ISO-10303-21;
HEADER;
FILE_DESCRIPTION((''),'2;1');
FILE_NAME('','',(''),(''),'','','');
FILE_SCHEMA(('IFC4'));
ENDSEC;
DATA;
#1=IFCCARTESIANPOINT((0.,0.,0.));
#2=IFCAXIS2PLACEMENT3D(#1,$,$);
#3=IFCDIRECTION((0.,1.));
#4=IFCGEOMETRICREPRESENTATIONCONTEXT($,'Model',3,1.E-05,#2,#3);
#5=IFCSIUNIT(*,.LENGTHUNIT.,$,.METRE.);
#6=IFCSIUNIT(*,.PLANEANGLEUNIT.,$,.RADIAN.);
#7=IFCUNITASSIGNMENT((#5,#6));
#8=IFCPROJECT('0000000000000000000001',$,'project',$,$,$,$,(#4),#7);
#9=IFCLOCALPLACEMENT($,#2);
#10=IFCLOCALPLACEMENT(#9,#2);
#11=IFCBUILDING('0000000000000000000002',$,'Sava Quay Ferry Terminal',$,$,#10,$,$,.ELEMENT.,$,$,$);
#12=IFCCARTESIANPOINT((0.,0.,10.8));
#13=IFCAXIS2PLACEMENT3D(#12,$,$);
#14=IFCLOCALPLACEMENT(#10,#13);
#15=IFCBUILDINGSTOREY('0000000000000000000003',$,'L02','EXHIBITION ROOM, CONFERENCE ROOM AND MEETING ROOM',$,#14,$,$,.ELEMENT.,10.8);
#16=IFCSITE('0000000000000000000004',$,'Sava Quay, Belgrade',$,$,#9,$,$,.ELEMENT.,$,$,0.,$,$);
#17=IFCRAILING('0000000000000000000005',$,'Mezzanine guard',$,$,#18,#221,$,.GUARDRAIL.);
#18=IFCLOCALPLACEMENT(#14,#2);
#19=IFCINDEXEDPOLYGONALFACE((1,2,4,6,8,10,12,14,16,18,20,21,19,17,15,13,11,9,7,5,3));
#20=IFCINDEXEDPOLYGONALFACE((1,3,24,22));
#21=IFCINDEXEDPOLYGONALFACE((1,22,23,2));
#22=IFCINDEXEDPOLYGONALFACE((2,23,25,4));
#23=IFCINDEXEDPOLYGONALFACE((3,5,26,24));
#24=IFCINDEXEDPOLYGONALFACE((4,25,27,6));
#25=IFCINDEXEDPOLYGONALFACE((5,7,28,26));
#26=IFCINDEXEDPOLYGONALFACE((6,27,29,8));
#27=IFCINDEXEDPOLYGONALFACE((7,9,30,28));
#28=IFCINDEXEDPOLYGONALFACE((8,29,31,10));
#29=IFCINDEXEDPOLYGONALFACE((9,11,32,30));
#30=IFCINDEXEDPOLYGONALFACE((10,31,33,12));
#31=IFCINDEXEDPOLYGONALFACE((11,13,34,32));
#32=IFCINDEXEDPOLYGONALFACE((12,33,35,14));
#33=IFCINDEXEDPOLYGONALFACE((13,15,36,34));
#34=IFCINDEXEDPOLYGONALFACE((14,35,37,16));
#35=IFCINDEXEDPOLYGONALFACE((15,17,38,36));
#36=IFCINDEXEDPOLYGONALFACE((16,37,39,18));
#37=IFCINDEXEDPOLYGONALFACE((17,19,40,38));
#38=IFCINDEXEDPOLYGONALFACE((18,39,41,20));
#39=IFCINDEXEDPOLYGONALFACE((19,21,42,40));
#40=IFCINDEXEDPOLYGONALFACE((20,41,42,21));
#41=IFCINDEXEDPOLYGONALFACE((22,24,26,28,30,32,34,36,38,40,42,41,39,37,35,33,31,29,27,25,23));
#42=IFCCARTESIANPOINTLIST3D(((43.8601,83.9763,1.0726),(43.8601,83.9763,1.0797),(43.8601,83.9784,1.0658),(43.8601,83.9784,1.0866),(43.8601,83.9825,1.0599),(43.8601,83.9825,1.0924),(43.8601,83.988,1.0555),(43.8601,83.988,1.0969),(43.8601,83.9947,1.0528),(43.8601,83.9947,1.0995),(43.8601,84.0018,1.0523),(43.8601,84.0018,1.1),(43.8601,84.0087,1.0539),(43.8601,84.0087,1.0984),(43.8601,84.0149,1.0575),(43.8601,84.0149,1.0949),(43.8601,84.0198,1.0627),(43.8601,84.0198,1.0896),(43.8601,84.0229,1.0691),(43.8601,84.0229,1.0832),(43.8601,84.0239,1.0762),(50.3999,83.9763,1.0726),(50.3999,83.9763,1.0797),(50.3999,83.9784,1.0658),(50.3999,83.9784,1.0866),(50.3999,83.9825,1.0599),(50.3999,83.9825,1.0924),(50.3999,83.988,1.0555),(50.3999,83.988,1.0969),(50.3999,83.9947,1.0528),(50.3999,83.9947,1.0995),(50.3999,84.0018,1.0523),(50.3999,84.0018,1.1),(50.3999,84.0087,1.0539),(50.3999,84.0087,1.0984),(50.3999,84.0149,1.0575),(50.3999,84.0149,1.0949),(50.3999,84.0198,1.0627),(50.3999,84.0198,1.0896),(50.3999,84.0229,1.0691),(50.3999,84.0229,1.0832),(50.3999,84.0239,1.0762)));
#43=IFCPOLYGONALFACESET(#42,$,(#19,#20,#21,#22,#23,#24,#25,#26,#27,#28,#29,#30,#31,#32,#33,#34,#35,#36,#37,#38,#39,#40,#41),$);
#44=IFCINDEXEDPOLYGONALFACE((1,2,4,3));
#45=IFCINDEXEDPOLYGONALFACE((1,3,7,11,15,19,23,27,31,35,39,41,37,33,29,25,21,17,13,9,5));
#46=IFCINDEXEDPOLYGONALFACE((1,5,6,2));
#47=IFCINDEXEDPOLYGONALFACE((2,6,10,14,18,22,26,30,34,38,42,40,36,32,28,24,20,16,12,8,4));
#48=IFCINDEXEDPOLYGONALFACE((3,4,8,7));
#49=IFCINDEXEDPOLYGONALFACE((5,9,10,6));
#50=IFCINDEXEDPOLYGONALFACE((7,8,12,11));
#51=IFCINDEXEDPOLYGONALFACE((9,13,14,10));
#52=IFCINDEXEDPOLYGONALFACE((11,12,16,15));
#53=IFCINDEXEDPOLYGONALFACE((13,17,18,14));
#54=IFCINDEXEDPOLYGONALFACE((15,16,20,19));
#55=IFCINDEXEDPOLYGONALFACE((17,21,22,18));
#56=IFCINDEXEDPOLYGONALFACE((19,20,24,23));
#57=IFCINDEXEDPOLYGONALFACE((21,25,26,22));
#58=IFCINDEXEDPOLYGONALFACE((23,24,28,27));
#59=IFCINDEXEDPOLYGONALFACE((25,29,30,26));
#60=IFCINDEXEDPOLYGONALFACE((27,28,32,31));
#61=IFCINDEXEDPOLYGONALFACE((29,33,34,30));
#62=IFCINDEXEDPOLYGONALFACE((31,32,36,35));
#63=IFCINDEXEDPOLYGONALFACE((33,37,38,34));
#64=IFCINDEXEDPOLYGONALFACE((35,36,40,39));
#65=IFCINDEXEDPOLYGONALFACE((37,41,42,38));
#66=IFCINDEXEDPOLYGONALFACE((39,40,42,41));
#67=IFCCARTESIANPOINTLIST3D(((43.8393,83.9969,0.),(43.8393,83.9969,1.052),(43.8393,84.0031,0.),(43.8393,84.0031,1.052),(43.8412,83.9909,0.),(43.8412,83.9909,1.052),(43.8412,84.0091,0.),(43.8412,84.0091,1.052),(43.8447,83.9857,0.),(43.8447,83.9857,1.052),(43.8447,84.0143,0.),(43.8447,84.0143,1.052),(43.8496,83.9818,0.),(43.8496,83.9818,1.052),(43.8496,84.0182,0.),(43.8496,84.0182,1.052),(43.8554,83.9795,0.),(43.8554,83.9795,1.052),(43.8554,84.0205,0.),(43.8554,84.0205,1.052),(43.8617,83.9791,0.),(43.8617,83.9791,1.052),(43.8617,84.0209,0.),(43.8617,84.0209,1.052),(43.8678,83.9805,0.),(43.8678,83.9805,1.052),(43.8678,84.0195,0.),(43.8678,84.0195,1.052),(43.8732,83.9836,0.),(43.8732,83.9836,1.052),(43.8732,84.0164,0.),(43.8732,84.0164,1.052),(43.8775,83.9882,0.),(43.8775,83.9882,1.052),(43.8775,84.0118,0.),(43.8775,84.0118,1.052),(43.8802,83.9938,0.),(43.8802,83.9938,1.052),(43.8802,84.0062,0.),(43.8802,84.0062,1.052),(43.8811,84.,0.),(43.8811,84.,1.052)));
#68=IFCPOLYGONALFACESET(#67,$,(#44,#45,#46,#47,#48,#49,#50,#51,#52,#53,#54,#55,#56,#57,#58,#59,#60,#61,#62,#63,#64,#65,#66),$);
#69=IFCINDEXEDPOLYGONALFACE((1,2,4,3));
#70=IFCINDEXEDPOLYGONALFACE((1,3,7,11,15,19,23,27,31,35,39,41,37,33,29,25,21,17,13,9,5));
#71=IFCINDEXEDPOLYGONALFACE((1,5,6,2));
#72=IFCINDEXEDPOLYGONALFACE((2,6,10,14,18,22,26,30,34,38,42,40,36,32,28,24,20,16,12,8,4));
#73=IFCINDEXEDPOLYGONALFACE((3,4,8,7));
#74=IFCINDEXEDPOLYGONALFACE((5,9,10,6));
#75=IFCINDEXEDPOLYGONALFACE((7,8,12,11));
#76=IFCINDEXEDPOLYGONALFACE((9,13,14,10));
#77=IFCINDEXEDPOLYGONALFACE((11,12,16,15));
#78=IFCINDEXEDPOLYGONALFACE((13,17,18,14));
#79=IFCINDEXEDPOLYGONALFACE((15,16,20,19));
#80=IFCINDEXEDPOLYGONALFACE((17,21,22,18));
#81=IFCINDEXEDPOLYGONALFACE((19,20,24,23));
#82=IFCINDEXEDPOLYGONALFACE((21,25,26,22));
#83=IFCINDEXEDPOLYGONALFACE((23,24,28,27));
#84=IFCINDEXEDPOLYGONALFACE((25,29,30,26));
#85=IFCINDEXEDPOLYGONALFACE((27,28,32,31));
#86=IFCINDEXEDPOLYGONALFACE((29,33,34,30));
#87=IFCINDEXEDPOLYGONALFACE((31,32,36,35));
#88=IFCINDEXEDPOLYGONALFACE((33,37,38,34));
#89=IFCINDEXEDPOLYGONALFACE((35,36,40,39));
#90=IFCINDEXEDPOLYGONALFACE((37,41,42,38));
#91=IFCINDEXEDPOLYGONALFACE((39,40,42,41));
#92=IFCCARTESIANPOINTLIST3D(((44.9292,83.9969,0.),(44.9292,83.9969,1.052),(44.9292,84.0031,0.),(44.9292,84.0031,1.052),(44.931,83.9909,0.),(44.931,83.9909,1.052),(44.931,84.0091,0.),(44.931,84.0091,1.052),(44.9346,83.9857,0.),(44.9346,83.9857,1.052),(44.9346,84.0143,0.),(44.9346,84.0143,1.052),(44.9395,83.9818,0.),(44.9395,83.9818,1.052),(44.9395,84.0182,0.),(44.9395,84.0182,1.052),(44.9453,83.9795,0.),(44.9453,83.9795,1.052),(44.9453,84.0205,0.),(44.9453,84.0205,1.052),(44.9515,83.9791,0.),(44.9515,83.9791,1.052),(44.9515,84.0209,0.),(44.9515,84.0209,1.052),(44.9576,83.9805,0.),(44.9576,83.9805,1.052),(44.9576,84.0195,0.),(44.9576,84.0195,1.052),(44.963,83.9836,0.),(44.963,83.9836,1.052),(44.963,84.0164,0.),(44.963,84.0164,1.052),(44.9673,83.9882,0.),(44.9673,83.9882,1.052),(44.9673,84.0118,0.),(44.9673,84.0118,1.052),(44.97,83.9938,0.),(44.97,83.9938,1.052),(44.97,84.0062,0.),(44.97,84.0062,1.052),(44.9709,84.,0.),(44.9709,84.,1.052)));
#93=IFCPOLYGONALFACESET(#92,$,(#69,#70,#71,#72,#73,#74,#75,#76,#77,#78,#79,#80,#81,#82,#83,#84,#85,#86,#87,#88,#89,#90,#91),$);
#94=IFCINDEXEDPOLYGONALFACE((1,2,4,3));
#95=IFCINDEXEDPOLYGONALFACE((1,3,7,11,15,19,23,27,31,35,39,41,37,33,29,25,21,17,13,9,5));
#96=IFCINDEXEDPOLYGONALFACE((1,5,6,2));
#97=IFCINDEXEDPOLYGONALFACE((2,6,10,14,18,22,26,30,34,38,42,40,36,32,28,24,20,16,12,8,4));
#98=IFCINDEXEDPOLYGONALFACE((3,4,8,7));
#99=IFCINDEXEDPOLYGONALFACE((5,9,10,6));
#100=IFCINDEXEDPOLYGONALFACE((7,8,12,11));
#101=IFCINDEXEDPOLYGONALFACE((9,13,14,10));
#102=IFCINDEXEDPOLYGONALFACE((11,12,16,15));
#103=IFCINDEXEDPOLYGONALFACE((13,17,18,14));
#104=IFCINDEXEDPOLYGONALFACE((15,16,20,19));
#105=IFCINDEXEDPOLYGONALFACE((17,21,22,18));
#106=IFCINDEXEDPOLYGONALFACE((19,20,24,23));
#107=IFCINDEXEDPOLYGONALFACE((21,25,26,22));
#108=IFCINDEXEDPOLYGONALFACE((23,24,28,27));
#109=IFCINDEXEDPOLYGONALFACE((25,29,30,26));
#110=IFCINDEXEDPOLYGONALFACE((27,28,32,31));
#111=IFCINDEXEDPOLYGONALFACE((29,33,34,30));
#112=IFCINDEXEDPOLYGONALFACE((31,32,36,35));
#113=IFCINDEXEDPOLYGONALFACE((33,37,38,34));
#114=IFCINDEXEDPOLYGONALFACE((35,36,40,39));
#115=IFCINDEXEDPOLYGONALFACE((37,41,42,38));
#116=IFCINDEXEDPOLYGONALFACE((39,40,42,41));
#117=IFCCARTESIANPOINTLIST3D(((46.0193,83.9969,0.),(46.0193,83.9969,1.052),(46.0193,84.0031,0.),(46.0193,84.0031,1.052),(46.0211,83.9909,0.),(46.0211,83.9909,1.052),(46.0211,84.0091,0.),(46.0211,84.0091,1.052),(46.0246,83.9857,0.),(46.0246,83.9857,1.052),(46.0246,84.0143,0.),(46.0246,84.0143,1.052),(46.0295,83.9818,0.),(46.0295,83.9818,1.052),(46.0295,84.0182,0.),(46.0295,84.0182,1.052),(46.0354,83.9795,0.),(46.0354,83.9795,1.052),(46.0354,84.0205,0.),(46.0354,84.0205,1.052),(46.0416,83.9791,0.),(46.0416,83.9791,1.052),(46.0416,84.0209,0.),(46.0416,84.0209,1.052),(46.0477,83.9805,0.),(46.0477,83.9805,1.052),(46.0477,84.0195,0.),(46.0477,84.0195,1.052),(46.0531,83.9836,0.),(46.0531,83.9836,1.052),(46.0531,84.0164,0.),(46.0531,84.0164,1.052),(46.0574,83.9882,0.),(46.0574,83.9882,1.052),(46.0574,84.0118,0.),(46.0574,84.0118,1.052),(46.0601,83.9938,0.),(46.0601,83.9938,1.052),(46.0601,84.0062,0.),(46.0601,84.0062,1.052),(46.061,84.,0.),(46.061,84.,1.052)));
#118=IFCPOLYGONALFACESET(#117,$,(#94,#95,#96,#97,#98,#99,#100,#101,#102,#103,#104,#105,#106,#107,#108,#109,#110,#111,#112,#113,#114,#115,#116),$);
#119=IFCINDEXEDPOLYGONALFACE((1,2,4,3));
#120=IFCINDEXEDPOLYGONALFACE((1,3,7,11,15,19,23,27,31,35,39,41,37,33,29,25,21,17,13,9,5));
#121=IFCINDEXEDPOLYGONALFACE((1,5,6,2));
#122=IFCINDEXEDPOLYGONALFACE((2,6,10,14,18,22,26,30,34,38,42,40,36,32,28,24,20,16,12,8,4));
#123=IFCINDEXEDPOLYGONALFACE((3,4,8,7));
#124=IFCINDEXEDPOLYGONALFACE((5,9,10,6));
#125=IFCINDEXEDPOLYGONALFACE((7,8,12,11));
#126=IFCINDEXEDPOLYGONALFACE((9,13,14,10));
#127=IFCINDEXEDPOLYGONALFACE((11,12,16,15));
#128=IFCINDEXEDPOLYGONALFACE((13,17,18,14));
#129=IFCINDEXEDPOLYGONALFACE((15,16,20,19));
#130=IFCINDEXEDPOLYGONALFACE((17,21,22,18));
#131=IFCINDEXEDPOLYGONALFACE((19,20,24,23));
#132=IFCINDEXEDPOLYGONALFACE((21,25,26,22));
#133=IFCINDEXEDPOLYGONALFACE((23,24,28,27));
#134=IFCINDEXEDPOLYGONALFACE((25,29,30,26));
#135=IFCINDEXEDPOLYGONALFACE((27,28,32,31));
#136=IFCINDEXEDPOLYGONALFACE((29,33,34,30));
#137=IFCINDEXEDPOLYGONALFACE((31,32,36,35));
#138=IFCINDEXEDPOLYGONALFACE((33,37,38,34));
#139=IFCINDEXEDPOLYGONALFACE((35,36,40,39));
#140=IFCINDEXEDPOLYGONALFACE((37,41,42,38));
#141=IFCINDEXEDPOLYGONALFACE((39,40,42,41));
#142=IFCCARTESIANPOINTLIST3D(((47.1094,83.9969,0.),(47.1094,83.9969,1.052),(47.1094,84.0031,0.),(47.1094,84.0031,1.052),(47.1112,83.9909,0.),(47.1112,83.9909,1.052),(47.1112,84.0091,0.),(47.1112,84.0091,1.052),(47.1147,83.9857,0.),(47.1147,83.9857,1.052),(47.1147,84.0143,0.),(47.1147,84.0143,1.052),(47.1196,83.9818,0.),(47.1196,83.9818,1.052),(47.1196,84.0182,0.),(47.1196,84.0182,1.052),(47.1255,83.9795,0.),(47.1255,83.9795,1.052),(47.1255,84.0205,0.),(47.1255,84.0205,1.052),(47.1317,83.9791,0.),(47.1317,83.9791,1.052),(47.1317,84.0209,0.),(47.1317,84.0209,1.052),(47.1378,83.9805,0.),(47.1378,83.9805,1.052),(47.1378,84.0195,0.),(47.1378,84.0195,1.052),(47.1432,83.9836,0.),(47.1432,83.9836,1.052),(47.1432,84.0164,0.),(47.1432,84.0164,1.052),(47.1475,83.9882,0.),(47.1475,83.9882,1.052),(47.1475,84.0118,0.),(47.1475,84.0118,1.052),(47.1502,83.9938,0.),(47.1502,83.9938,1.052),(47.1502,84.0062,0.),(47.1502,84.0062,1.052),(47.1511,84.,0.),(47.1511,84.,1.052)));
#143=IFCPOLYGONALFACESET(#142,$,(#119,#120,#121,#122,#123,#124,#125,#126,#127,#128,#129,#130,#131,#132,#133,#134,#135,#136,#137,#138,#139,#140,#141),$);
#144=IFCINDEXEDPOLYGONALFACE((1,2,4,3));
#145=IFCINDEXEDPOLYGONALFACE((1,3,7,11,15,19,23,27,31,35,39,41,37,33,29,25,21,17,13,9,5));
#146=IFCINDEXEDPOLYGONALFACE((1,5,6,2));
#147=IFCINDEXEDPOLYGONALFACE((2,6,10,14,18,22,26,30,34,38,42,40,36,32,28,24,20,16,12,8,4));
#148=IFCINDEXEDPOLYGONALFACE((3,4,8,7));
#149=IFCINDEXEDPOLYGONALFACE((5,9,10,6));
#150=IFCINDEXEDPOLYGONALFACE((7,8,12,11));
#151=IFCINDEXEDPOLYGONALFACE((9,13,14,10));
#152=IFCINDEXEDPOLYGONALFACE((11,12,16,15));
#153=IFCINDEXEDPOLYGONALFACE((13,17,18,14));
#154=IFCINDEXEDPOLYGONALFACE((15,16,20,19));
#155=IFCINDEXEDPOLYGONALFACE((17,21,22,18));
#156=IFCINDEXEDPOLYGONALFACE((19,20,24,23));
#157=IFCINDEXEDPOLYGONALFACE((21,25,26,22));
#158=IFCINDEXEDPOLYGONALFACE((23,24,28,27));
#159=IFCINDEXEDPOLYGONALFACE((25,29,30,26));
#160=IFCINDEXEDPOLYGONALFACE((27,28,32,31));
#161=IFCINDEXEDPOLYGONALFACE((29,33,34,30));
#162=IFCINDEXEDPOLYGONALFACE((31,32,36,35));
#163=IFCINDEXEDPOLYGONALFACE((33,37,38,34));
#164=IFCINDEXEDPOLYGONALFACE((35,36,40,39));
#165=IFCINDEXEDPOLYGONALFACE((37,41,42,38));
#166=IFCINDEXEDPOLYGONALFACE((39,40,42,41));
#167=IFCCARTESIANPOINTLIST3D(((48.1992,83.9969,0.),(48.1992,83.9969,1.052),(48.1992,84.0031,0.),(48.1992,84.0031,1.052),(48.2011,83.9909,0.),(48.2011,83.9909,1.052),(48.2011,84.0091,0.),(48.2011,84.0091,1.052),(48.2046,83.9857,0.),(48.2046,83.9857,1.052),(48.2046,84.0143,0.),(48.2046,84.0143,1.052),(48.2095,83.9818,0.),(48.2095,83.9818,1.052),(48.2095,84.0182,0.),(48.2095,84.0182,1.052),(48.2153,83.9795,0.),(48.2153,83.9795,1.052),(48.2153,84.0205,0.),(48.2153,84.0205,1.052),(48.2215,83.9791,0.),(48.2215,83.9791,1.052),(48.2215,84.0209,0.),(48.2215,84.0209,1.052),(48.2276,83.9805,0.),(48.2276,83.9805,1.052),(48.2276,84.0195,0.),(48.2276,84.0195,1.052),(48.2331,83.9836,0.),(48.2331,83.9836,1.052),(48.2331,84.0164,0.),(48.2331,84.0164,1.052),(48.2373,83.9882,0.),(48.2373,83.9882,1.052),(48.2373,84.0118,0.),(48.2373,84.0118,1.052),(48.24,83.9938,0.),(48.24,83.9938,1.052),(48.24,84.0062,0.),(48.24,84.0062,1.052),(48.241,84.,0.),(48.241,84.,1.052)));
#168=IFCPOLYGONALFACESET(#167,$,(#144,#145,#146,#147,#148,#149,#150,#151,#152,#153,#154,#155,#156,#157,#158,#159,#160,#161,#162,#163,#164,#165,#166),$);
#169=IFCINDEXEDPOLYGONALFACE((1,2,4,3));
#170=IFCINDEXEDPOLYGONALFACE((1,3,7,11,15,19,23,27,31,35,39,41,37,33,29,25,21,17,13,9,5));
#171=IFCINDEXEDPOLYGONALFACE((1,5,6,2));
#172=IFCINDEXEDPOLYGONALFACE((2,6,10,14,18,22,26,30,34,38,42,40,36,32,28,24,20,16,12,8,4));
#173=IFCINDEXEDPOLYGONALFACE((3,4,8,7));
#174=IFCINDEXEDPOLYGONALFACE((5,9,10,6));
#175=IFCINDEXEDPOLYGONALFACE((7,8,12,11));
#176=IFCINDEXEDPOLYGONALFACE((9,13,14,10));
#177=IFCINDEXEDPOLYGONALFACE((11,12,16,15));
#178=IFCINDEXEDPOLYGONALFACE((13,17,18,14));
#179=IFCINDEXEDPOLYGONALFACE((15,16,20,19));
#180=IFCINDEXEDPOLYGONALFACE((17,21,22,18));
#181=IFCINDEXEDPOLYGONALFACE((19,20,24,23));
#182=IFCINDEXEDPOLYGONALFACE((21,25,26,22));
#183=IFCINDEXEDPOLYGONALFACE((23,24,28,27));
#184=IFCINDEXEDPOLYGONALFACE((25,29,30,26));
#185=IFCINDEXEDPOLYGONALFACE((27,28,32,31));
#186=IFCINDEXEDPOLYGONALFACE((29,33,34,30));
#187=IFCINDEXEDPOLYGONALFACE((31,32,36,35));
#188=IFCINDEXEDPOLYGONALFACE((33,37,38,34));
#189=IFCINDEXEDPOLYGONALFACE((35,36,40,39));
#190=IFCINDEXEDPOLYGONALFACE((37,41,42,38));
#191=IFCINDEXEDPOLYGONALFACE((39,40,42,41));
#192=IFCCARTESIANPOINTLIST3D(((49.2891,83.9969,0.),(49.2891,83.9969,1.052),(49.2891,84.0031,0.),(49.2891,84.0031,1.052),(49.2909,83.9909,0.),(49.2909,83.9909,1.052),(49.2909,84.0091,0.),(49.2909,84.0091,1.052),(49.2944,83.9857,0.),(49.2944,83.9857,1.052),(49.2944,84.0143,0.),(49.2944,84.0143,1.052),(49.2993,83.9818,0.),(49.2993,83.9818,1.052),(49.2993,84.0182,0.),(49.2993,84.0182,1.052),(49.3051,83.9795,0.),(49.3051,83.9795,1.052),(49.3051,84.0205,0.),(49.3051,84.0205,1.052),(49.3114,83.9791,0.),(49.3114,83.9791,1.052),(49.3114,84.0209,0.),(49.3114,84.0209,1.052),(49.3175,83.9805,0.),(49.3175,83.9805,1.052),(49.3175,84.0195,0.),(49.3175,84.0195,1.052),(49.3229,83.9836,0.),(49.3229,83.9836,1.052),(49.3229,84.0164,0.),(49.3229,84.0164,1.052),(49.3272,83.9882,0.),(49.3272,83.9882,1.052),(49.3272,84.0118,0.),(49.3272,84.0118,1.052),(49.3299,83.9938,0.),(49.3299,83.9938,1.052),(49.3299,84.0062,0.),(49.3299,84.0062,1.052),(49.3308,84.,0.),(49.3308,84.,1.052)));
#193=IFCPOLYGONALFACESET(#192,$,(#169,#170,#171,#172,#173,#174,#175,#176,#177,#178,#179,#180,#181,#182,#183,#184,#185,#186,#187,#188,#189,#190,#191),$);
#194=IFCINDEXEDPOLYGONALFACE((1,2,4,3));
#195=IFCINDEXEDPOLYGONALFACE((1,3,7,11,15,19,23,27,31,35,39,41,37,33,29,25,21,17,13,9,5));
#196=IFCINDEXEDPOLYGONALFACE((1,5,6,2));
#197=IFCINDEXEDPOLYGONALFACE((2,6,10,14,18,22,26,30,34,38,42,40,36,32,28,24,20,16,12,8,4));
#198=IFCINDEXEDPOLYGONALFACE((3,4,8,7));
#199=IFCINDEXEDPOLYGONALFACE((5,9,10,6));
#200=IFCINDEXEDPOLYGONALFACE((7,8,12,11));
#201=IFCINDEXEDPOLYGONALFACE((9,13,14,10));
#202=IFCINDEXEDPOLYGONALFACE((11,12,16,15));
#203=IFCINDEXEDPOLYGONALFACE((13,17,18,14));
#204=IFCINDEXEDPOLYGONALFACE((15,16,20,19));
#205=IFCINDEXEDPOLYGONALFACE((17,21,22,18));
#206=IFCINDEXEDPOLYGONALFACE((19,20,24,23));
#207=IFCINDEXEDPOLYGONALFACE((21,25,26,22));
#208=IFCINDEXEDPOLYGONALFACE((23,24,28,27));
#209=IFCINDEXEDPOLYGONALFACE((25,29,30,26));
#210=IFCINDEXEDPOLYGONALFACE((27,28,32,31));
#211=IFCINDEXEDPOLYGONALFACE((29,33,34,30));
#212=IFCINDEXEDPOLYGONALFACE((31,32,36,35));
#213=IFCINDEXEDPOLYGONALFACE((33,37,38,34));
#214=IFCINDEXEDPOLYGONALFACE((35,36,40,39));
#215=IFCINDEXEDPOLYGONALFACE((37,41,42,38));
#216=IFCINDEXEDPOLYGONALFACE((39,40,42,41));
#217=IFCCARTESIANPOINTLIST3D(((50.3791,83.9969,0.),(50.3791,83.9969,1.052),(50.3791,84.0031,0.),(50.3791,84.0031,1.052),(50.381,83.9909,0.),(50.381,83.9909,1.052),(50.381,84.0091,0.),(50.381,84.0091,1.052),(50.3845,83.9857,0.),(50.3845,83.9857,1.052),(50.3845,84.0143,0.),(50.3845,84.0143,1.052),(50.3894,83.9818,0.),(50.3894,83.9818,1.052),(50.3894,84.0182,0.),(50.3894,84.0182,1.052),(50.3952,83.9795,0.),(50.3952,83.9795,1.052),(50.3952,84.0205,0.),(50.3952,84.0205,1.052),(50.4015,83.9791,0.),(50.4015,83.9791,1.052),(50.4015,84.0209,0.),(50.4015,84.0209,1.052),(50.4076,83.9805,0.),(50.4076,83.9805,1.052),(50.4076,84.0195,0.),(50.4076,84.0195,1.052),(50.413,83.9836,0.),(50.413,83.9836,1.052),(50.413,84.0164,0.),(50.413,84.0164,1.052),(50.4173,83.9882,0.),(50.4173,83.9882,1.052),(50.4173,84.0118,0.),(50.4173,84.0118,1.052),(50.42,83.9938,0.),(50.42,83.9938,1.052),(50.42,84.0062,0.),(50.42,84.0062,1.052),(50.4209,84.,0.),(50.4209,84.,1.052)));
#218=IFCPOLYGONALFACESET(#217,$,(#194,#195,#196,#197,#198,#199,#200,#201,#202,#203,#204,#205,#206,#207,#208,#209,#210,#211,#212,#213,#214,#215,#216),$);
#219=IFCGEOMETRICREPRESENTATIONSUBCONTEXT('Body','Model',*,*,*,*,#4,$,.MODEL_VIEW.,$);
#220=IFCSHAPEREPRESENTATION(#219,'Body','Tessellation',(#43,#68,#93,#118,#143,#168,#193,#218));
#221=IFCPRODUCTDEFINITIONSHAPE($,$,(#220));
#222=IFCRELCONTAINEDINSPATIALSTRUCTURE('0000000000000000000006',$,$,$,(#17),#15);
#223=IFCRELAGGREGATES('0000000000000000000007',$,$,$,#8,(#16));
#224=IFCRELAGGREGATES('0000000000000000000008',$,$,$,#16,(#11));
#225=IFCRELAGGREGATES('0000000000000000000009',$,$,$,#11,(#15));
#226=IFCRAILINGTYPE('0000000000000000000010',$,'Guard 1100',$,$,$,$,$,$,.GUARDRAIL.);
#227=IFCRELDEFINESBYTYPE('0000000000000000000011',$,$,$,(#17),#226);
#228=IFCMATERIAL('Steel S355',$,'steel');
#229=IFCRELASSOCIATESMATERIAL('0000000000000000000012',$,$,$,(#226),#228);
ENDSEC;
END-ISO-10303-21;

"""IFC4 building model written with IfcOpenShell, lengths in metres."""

from ifc_helpers import new_model, si_unit, direction, frame, origin, origin_2d, place, context, subcontext, project, spatial, circle, extrude, material, type_object, element, save


model = new_model("IFC4")

# Units and contexts
model_context = context("Model", 3, precision=1e-05, world=origin(), true_north=direction((0.0, 1.0)))
body_context = subcontext(model_context, "Body", "Model", "MODEL_VIEW")
ifc_project = project(units=[si_unit("LENGTHUNIT", "METRE"), si_unit("PLANEANGLEUNIT", "RADIAN")], contexts=[model_context])

# Site, building, storey
site_placement = place(None, origin())
site = spatial("IfcSite", under=ifc_project, at=site_placement, Name="Sava Quay, Belgrade", CompositionType="ELEMENT", RefElevation=0.0)
building_placement = place(site_placement, origin())
building = spatial("IfcBuilding", under=site, at=building_placement, Name="Sava Quay Ferry Terminal", CompositionType="ELEMENT")
storey_placement = place(building_placement, frame((0.0, 0.0, 10.8)))
storey = spatial("IfcBuildingStorey", under=building, at=storey_placement, Name="L02", Description="EXHIBITION ROOM, CONFERENCE ROOM AND MEETING ROOM", CompositionType="ELEMENT", Elevation=10.8)

# Railing
ifc_material_1 = material(Name="Steel S355", Category="steel")
railing_type = type_object("IfcRailingType", Name="Guard 1100", PredefinedType="GUARDRAIL", material=ifc_material_1)
railing_1_placement = place(storey_placement, frame((43.8601, 84.0, 0.0)))
element("IfcRailing", 1, at=railing_1_placement, inside=storey, type_object=railing_type, Name="Mezzanine guard", PredefinedType="GUARDRAIL", context=body_context, shape_type="SweptSolid", body=[
    extrude(circle(Radius=0.0239, at=origin_2d()), frame((0.0, 0.0, 1.0762), z_axis=(1.0, 0.0, 0.0), x_axis=(0.0, 1.0, 0.0)), (0.0, 0.0, 1.0), 6.5398),
    extrude(circle(Radius=0.021, at=origin_2d()), origin(), (0.0, 0.0, 1.0), 1.052),
    extrude(circle(Radius=0.021, at=origin_2d()), frame((1.0898, 0.0, 0.0)), (0.0, 0.0, 1.0), 1.052),
    extrude(circle(Radius=0.021, at=origin_2d()), frame((2.1799, 0.0, 0.0)), (0.0, 0.0, 1.0), 1.052),
    extrude(circle(Radius=0.021, at=origin_2d()), frame((3.27, 0.0, 0.0)), (0.0, 0.0, 1.0), 1.052),
    extrude(circle(Radius=0.021, at=origin_2d()), frame((4.3599, 0.0, 0.0)), (0.0, 0.0, 1.0), 1.052),
    extrude(circle(Radius=0.021, at=origin_2d()), frame((5.4497, 0.0, 0.0)), (0.0, 0.0, 1.0), 1.052),
    extrude(circle(Radius=0.021, at=origin_2d()), frame((6.5398, 0.0, 0.0)), (0.0, 0.0, 1.0), 1.052),
])

save(model, "model.ifc")
